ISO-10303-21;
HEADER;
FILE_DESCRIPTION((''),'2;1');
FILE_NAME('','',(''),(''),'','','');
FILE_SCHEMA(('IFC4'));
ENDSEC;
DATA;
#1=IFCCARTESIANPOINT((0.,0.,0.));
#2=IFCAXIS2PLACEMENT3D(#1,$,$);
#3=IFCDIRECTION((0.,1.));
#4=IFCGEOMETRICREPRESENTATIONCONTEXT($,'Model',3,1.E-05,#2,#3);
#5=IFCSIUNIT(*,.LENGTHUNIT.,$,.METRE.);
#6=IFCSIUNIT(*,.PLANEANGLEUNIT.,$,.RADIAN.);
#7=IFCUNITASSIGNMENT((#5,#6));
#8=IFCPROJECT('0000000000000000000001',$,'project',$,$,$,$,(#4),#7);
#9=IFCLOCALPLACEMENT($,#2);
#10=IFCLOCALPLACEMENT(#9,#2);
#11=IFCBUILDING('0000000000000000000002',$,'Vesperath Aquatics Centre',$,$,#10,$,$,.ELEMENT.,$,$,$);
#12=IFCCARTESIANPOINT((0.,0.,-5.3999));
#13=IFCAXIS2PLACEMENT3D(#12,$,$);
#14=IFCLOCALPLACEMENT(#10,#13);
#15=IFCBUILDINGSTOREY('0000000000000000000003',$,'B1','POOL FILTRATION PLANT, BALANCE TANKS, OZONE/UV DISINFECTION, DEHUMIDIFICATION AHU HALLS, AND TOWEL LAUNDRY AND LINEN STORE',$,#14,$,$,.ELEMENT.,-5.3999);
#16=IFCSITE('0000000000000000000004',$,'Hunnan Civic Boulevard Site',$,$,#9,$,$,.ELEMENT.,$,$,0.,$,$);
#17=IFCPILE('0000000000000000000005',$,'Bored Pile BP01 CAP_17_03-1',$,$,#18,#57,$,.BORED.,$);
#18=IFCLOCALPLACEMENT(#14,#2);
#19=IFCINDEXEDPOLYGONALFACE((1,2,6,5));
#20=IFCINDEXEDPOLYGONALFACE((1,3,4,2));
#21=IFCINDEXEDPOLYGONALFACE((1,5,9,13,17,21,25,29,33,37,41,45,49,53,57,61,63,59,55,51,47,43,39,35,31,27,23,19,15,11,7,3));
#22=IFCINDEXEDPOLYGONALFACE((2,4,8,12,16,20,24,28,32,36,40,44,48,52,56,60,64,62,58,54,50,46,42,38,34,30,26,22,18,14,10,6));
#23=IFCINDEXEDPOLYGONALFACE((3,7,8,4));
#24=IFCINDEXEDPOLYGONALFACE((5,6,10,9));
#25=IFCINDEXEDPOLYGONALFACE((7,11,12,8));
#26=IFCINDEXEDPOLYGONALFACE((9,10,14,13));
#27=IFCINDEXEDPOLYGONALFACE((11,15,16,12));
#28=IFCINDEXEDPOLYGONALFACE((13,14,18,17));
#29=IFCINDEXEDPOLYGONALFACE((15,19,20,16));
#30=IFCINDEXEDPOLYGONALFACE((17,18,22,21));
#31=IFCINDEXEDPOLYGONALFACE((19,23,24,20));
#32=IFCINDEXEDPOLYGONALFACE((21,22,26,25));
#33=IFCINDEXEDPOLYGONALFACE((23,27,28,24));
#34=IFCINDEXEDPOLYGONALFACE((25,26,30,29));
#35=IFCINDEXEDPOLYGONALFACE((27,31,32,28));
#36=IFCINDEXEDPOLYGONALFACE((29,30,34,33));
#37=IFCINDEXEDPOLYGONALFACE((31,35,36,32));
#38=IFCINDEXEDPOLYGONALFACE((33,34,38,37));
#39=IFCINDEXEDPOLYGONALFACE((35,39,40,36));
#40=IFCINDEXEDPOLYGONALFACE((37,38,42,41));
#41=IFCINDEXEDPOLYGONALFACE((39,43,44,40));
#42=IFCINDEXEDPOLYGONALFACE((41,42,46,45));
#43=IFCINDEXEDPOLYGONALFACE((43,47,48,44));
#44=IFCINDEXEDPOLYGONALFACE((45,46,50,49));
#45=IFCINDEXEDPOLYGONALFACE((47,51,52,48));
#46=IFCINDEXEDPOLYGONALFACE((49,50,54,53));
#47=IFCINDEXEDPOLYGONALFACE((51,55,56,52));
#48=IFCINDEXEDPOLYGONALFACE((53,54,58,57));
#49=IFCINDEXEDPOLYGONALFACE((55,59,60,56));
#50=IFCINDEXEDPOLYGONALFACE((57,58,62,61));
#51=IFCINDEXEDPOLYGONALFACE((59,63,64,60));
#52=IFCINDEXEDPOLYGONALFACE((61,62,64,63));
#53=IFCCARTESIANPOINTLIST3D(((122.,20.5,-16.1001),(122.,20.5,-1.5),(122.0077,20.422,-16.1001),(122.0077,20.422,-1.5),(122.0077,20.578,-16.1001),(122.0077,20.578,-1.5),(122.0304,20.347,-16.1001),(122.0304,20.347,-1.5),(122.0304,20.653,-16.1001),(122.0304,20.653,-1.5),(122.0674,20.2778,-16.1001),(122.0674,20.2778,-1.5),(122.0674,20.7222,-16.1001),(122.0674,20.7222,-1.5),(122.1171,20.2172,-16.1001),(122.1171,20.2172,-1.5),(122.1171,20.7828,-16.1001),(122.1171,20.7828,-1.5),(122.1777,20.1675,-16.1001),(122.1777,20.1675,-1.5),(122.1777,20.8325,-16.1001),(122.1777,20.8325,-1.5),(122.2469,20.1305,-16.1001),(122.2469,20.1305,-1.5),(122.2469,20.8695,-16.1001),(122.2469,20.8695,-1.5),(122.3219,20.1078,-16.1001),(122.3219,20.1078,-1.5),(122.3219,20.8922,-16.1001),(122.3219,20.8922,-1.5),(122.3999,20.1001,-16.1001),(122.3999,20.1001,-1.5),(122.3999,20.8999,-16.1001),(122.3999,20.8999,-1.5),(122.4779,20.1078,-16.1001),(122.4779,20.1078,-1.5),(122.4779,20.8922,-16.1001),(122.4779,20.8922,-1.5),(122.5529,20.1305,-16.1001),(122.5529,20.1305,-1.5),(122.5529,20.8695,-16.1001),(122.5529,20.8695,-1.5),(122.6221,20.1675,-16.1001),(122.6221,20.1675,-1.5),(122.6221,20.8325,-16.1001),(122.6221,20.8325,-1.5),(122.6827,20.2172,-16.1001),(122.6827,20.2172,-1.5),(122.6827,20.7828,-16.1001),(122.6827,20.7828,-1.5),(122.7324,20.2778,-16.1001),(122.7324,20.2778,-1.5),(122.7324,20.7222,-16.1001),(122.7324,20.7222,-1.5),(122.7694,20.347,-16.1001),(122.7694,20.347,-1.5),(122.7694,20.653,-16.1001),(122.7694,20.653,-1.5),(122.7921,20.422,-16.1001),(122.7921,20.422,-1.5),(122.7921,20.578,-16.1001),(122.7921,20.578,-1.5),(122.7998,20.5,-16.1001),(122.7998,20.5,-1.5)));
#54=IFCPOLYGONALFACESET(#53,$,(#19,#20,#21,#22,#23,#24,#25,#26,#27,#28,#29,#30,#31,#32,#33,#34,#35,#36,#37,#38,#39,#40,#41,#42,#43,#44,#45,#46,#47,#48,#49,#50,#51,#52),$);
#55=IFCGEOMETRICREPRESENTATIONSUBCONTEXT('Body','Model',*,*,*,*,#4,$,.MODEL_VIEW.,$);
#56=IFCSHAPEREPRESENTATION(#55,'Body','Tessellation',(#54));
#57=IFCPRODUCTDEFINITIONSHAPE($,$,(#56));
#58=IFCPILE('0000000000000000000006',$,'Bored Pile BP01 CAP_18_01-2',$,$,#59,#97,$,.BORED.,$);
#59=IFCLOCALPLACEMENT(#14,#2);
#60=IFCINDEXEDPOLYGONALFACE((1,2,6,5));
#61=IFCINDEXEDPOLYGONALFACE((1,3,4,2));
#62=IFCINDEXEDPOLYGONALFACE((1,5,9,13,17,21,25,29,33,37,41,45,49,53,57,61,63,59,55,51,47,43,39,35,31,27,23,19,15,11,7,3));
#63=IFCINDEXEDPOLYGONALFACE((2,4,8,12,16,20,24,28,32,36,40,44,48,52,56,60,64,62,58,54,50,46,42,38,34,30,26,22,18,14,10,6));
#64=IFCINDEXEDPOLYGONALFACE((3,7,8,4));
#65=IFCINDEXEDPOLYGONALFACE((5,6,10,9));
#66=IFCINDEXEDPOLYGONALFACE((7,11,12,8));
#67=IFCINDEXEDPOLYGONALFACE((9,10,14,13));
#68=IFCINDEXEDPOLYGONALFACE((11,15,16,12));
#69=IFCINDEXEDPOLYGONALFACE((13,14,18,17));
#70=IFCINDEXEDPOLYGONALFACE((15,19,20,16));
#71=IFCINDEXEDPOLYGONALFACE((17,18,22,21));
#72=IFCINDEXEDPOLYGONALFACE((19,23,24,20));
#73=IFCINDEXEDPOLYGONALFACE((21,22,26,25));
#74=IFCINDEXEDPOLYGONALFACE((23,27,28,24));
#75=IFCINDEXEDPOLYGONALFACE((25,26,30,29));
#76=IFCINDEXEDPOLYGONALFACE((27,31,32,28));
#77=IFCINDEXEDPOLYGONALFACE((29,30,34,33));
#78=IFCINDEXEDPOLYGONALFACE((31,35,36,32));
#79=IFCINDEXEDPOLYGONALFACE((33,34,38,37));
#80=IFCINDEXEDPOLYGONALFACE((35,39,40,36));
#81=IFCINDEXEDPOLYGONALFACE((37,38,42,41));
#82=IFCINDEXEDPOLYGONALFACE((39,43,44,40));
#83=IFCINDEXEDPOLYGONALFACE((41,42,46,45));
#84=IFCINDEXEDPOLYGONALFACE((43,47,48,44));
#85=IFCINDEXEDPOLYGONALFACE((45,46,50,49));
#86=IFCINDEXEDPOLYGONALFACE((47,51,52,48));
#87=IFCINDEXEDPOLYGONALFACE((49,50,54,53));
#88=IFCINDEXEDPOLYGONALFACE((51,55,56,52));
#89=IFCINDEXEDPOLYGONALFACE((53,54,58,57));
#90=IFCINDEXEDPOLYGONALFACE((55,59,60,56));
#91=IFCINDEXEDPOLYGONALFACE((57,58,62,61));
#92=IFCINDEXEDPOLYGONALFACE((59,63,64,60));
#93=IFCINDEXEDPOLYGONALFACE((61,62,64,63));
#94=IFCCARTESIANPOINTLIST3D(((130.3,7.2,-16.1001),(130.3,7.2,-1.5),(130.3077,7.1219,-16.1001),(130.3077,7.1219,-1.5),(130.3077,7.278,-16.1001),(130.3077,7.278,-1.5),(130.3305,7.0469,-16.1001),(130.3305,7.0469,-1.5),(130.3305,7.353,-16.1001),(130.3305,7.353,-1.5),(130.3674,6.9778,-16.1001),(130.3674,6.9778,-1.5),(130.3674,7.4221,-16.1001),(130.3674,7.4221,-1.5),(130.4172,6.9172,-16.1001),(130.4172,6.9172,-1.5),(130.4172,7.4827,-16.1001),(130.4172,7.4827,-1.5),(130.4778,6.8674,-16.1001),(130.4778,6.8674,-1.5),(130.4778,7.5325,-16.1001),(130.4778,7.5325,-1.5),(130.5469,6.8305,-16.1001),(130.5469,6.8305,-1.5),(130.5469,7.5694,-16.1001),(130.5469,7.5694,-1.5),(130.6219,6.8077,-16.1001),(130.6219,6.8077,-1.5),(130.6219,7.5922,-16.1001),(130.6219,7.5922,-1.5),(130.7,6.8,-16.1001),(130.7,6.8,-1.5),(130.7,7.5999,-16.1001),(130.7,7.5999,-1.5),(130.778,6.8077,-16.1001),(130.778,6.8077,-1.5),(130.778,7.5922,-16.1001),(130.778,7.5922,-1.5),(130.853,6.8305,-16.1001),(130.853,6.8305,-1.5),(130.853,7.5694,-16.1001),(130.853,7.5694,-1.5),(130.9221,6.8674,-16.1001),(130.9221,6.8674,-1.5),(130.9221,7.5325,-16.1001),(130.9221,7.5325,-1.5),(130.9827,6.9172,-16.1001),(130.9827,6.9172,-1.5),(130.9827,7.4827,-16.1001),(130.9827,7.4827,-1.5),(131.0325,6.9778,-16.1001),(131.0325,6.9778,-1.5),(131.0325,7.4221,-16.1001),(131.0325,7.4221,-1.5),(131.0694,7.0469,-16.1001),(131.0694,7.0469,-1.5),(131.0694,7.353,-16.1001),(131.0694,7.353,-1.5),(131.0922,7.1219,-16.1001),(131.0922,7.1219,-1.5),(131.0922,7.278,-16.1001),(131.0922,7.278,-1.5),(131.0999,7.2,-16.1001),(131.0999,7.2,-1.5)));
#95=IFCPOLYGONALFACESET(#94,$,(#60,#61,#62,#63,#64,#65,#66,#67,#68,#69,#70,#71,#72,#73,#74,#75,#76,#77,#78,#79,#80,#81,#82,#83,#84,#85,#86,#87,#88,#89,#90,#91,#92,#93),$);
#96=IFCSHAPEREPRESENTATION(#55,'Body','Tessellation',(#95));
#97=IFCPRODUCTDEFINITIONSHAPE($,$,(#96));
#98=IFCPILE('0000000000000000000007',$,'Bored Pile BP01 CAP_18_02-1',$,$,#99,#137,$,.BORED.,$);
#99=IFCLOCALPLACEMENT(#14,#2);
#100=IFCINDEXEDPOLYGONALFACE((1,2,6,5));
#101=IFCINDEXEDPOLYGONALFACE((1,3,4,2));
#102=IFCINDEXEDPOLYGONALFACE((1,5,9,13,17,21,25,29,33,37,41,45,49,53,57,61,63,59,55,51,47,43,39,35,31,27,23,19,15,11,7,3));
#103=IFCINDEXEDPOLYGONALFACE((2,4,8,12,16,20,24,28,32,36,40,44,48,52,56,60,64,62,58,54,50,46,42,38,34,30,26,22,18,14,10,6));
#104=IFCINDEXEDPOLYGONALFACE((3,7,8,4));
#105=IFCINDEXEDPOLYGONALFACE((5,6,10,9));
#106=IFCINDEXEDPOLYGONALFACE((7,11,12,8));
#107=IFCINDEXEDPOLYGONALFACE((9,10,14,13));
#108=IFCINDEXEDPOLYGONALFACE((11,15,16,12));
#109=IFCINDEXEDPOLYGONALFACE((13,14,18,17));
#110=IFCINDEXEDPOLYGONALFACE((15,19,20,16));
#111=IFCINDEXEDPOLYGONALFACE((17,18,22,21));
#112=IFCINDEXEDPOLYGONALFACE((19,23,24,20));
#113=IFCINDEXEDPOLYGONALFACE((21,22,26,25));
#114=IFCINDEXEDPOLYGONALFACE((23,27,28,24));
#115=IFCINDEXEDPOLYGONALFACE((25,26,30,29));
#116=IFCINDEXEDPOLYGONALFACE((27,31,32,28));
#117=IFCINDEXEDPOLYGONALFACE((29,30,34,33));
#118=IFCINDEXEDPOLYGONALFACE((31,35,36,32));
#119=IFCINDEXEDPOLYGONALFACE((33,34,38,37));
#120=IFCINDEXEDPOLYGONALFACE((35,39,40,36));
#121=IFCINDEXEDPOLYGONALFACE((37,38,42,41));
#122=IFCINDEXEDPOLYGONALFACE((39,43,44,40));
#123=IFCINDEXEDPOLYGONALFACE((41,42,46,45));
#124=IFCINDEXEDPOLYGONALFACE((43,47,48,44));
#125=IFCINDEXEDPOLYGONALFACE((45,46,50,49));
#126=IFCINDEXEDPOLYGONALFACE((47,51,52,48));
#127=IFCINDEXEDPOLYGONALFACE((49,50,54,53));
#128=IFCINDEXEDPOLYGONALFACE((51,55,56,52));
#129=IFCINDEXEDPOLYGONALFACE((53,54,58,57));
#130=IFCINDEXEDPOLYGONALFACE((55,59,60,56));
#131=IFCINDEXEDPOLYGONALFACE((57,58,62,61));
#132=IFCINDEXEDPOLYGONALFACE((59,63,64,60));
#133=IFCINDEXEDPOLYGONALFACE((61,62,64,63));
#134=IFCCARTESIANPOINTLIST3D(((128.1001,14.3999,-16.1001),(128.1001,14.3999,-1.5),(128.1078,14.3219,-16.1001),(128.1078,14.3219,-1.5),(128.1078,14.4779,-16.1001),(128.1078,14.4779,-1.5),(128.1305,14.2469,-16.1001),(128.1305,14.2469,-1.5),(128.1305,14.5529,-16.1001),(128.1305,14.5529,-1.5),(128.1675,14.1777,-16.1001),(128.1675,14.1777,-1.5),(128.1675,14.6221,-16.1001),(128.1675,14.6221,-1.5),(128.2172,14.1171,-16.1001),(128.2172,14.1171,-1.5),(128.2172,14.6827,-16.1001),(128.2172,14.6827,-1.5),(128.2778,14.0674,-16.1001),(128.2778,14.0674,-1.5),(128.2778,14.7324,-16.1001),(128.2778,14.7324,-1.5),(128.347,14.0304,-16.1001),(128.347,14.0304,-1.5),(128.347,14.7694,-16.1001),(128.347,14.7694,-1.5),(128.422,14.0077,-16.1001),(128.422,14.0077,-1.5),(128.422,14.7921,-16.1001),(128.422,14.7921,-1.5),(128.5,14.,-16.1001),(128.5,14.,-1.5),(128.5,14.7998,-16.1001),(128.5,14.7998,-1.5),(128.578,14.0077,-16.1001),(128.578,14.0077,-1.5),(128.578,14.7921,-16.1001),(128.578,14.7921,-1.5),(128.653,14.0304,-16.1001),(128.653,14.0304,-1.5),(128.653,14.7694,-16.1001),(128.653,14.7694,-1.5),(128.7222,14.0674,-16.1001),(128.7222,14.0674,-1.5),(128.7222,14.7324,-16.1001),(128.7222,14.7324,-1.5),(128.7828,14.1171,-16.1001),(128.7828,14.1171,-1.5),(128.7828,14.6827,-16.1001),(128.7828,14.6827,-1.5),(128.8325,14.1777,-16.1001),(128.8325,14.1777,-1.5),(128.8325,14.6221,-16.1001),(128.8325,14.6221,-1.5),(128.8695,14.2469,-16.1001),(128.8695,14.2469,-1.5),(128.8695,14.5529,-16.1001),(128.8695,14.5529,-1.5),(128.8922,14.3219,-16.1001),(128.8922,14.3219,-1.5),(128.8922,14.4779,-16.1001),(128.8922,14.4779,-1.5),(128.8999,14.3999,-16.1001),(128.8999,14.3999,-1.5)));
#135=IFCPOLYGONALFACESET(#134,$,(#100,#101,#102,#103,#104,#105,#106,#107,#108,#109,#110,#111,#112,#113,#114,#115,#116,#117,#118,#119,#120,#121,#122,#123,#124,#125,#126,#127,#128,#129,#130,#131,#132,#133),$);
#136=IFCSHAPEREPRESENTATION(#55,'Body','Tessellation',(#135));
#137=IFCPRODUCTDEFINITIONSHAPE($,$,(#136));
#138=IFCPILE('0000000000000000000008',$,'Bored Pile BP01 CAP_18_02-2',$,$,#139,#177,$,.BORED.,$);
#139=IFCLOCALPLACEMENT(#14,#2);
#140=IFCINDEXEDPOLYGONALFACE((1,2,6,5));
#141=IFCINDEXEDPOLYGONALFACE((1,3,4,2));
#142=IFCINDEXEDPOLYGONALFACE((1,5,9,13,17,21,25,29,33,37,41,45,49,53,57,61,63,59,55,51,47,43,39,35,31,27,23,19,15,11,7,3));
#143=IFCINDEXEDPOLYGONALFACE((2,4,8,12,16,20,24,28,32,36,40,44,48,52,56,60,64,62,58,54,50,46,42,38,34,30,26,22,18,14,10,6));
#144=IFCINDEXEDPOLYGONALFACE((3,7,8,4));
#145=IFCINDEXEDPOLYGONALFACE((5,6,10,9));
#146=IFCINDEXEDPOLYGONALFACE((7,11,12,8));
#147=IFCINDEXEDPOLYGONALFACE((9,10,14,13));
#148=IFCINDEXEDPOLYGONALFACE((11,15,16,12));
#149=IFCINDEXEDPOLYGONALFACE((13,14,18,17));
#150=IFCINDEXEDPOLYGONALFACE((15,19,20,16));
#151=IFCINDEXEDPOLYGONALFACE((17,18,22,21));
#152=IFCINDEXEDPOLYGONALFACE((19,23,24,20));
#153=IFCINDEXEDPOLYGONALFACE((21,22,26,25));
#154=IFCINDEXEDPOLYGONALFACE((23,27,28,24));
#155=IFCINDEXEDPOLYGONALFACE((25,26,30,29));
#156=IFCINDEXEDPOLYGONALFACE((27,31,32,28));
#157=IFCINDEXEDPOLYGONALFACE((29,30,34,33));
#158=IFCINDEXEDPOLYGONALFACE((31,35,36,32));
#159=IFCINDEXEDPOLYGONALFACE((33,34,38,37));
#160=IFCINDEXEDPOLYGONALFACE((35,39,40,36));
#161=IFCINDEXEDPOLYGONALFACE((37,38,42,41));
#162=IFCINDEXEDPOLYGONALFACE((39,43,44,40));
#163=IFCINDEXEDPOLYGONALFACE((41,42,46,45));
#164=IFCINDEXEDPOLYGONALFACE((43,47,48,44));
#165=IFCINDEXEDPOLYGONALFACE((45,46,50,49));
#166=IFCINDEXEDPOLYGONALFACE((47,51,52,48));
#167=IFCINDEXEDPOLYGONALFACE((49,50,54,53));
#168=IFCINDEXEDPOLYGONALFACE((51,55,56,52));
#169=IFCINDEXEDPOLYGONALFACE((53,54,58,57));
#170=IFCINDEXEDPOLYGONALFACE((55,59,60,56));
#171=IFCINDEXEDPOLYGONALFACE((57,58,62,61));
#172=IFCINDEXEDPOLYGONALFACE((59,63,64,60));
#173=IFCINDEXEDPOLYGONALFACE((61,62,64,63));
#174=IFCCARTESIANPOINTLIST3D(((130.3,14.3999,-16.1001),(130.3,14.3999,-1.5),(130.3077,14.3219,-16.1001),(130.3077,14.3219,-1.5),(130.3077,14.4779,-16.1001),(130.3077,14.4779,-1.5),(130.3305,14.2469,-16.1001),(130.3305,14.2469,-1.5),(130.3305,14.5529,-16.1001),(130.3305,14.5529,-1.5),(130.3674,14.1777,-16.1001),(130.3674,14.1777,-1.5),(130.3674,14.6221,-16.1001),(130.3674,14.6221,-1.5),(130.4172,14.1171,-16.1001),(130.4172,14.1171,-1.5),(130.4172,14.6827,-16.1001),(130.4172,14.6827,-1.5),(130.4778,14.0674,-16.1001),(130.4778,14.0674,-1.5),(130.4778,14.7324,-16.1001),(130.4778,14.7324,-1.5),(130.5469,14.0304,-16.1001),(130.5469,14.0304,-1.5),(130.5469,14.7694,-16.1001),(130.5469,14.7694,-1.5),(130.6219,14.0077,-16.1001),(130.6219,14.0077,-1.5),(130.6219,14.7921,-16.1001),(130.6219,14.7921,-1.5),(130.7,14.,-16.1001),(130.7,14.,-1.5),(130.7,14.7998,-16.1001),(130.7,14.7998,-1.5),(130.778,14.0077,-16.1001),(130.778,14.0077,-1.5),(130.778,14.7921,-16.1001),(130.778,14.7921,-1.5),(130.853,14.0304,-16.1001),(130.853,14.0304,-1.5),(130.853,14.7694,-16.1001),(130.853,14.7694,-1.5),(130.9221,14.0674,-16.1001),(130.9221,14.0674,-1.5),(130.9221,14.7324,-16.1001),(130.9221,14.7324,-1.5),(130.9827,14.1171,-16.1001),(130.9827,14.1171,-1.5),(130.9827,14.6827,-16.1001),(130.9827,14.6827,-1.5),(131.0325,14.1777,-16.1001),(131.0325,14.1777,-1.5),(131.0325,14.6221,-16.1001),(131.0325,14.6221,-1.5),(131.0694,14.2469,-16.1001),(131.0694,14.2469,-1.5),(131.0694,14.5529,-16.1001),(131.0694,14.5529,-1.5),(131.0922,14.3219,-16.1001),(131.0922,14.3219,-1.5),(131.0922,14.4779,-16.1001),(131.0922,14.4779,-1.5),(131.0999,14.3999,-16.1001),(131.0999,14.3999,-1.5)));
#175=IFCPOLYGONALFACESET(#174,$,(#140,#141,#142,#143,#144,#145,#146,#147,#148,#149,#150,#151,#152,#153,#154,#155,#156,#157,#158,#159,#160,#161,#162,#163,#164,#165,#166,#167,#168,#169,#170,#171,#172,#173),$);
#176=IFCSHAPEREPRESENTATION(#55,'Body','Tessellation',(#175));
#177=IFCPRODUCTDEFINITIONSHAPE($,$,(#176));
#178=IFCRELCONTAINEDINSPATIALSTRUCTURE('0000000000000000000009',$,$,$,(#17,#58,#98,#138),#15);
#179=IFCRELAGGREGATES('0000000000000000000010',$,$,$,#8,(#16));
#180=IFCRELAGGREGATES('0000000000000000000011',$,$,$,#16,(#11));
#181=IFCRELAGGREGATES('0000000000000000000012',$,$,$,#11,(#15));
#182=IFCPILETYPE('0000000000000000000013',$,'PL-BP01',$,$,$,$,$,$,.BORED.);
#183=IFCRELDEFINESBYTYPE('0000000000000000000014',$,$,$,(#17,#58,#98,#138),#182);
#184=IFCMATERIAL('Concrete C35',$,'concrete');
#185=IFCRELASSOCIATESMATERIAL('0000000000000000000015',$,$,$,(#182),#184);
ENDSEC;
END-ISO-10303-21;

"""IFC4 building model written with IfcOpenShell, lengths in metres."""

from ifc_helpers import new_model, si_unit, direction, frame, origin, origin_2d, place, context, subcontext, project, spatial, circle, extrude, material, material_profile, profile_set, type_object, element, save


model = new_model("IFC4")

# Units and contexts
model_context = context("Model", 3, precision=1e-05, world=origin(), true_north=direction((0.0, 1.0)))
body_context = subcontext(model_context, "Body", "Model", "MODEL_VIEW")
ifc_project = project(units=[si_unit("LENGTHUNIT", "METRE"), si_unit("PLANEANGLEUNIT", "RADIAN")], contexts=[model_context])

# Site, building, storey
site_placement = place(None, origin())
site = spatial("IfcSite", under=ifc_project, at=site_placement, Name="Hunnan Civic Boulevard Site", CompositionType="ELEMENT", RefElevation=0.0)
building_placement = place(site_placement, origin())
building = spatial("IfcBuilding", under=site, at=building_placement, Name="Vesperath Aquatics Centre", CompositionType="ELEMENT")
storey_placement = place(building_placement, frame((0.0, 0.0, -5.3999)))
storey = spatial("IfcBuildingStorey", under=building, at=storey_placement, Name="B1", Description="POOL FILTRATION PLANT, BALANCE TANKS, OZONE/UV DISINFECTION, DEHUMIDIFICATION AHU HALLS, AND TOWEL LAUNDRY AND LINEN STORE", CompositionType="ELEMENT", Elevation=-5.3999)

# Piles
ifc_material_1 = material(Name="Concrete C35", Category="concrete")
ifc_material_profile_1 = material_profile(ifc_material_1, circle(Radius=0.3999, at=origin_2d()), Name="PILE D800")
ifc_profile_set_1 = profile_set([ifc_material_profile_1], Name="Concrete C35")
pile_type = type_object("IfcPileType", Name="PL-BP01", PredefinedType="BORED", material=ifc_profile_set_1)
for number, where, z_axis, x_axis, name in (
    (1, (122.3999, 20.5, -1.5), (0.0, 0.0, -1.0), (1.0, 0.0, 0.0), "Bored Pile BP01 CAP_17_03-1"),
    (2, (130.7, 7.2, -1.5), (0.0, 0.0, -1.0), (1.0, 0.0, 0.0), "Bored Pile BP01 CAP_18_01-2"),
    (3, (128.5, 14.3999, -1.5), (0.0, 0.0, -1.0), (1.0, 0.0, 0.0), "Bored Pile BP01 CAP_18_02-1"),
    (4, (130.7, 14.3999, -1.5), (0.0, 0.0, -1.0), (1.0, 0.0, 0.0), "Bored Pile BP01 CAP_18_02-2"),
):
    element("IfcPile", number, at=place(storey_placement, frame(where, z_axis=z_axis, x_axis=x_axis)), inside=storey, type_object=pile_type, Name=name, PredefinedType="BORED", context=body_context, shape_type="SweptSolid", body=[
        extrude(circle(Radius=0.3999, at=origin_2d()), origin(), (0.0, 0.0, 1.0), 14.6001),
    ])

save(model, "model.ifc")
